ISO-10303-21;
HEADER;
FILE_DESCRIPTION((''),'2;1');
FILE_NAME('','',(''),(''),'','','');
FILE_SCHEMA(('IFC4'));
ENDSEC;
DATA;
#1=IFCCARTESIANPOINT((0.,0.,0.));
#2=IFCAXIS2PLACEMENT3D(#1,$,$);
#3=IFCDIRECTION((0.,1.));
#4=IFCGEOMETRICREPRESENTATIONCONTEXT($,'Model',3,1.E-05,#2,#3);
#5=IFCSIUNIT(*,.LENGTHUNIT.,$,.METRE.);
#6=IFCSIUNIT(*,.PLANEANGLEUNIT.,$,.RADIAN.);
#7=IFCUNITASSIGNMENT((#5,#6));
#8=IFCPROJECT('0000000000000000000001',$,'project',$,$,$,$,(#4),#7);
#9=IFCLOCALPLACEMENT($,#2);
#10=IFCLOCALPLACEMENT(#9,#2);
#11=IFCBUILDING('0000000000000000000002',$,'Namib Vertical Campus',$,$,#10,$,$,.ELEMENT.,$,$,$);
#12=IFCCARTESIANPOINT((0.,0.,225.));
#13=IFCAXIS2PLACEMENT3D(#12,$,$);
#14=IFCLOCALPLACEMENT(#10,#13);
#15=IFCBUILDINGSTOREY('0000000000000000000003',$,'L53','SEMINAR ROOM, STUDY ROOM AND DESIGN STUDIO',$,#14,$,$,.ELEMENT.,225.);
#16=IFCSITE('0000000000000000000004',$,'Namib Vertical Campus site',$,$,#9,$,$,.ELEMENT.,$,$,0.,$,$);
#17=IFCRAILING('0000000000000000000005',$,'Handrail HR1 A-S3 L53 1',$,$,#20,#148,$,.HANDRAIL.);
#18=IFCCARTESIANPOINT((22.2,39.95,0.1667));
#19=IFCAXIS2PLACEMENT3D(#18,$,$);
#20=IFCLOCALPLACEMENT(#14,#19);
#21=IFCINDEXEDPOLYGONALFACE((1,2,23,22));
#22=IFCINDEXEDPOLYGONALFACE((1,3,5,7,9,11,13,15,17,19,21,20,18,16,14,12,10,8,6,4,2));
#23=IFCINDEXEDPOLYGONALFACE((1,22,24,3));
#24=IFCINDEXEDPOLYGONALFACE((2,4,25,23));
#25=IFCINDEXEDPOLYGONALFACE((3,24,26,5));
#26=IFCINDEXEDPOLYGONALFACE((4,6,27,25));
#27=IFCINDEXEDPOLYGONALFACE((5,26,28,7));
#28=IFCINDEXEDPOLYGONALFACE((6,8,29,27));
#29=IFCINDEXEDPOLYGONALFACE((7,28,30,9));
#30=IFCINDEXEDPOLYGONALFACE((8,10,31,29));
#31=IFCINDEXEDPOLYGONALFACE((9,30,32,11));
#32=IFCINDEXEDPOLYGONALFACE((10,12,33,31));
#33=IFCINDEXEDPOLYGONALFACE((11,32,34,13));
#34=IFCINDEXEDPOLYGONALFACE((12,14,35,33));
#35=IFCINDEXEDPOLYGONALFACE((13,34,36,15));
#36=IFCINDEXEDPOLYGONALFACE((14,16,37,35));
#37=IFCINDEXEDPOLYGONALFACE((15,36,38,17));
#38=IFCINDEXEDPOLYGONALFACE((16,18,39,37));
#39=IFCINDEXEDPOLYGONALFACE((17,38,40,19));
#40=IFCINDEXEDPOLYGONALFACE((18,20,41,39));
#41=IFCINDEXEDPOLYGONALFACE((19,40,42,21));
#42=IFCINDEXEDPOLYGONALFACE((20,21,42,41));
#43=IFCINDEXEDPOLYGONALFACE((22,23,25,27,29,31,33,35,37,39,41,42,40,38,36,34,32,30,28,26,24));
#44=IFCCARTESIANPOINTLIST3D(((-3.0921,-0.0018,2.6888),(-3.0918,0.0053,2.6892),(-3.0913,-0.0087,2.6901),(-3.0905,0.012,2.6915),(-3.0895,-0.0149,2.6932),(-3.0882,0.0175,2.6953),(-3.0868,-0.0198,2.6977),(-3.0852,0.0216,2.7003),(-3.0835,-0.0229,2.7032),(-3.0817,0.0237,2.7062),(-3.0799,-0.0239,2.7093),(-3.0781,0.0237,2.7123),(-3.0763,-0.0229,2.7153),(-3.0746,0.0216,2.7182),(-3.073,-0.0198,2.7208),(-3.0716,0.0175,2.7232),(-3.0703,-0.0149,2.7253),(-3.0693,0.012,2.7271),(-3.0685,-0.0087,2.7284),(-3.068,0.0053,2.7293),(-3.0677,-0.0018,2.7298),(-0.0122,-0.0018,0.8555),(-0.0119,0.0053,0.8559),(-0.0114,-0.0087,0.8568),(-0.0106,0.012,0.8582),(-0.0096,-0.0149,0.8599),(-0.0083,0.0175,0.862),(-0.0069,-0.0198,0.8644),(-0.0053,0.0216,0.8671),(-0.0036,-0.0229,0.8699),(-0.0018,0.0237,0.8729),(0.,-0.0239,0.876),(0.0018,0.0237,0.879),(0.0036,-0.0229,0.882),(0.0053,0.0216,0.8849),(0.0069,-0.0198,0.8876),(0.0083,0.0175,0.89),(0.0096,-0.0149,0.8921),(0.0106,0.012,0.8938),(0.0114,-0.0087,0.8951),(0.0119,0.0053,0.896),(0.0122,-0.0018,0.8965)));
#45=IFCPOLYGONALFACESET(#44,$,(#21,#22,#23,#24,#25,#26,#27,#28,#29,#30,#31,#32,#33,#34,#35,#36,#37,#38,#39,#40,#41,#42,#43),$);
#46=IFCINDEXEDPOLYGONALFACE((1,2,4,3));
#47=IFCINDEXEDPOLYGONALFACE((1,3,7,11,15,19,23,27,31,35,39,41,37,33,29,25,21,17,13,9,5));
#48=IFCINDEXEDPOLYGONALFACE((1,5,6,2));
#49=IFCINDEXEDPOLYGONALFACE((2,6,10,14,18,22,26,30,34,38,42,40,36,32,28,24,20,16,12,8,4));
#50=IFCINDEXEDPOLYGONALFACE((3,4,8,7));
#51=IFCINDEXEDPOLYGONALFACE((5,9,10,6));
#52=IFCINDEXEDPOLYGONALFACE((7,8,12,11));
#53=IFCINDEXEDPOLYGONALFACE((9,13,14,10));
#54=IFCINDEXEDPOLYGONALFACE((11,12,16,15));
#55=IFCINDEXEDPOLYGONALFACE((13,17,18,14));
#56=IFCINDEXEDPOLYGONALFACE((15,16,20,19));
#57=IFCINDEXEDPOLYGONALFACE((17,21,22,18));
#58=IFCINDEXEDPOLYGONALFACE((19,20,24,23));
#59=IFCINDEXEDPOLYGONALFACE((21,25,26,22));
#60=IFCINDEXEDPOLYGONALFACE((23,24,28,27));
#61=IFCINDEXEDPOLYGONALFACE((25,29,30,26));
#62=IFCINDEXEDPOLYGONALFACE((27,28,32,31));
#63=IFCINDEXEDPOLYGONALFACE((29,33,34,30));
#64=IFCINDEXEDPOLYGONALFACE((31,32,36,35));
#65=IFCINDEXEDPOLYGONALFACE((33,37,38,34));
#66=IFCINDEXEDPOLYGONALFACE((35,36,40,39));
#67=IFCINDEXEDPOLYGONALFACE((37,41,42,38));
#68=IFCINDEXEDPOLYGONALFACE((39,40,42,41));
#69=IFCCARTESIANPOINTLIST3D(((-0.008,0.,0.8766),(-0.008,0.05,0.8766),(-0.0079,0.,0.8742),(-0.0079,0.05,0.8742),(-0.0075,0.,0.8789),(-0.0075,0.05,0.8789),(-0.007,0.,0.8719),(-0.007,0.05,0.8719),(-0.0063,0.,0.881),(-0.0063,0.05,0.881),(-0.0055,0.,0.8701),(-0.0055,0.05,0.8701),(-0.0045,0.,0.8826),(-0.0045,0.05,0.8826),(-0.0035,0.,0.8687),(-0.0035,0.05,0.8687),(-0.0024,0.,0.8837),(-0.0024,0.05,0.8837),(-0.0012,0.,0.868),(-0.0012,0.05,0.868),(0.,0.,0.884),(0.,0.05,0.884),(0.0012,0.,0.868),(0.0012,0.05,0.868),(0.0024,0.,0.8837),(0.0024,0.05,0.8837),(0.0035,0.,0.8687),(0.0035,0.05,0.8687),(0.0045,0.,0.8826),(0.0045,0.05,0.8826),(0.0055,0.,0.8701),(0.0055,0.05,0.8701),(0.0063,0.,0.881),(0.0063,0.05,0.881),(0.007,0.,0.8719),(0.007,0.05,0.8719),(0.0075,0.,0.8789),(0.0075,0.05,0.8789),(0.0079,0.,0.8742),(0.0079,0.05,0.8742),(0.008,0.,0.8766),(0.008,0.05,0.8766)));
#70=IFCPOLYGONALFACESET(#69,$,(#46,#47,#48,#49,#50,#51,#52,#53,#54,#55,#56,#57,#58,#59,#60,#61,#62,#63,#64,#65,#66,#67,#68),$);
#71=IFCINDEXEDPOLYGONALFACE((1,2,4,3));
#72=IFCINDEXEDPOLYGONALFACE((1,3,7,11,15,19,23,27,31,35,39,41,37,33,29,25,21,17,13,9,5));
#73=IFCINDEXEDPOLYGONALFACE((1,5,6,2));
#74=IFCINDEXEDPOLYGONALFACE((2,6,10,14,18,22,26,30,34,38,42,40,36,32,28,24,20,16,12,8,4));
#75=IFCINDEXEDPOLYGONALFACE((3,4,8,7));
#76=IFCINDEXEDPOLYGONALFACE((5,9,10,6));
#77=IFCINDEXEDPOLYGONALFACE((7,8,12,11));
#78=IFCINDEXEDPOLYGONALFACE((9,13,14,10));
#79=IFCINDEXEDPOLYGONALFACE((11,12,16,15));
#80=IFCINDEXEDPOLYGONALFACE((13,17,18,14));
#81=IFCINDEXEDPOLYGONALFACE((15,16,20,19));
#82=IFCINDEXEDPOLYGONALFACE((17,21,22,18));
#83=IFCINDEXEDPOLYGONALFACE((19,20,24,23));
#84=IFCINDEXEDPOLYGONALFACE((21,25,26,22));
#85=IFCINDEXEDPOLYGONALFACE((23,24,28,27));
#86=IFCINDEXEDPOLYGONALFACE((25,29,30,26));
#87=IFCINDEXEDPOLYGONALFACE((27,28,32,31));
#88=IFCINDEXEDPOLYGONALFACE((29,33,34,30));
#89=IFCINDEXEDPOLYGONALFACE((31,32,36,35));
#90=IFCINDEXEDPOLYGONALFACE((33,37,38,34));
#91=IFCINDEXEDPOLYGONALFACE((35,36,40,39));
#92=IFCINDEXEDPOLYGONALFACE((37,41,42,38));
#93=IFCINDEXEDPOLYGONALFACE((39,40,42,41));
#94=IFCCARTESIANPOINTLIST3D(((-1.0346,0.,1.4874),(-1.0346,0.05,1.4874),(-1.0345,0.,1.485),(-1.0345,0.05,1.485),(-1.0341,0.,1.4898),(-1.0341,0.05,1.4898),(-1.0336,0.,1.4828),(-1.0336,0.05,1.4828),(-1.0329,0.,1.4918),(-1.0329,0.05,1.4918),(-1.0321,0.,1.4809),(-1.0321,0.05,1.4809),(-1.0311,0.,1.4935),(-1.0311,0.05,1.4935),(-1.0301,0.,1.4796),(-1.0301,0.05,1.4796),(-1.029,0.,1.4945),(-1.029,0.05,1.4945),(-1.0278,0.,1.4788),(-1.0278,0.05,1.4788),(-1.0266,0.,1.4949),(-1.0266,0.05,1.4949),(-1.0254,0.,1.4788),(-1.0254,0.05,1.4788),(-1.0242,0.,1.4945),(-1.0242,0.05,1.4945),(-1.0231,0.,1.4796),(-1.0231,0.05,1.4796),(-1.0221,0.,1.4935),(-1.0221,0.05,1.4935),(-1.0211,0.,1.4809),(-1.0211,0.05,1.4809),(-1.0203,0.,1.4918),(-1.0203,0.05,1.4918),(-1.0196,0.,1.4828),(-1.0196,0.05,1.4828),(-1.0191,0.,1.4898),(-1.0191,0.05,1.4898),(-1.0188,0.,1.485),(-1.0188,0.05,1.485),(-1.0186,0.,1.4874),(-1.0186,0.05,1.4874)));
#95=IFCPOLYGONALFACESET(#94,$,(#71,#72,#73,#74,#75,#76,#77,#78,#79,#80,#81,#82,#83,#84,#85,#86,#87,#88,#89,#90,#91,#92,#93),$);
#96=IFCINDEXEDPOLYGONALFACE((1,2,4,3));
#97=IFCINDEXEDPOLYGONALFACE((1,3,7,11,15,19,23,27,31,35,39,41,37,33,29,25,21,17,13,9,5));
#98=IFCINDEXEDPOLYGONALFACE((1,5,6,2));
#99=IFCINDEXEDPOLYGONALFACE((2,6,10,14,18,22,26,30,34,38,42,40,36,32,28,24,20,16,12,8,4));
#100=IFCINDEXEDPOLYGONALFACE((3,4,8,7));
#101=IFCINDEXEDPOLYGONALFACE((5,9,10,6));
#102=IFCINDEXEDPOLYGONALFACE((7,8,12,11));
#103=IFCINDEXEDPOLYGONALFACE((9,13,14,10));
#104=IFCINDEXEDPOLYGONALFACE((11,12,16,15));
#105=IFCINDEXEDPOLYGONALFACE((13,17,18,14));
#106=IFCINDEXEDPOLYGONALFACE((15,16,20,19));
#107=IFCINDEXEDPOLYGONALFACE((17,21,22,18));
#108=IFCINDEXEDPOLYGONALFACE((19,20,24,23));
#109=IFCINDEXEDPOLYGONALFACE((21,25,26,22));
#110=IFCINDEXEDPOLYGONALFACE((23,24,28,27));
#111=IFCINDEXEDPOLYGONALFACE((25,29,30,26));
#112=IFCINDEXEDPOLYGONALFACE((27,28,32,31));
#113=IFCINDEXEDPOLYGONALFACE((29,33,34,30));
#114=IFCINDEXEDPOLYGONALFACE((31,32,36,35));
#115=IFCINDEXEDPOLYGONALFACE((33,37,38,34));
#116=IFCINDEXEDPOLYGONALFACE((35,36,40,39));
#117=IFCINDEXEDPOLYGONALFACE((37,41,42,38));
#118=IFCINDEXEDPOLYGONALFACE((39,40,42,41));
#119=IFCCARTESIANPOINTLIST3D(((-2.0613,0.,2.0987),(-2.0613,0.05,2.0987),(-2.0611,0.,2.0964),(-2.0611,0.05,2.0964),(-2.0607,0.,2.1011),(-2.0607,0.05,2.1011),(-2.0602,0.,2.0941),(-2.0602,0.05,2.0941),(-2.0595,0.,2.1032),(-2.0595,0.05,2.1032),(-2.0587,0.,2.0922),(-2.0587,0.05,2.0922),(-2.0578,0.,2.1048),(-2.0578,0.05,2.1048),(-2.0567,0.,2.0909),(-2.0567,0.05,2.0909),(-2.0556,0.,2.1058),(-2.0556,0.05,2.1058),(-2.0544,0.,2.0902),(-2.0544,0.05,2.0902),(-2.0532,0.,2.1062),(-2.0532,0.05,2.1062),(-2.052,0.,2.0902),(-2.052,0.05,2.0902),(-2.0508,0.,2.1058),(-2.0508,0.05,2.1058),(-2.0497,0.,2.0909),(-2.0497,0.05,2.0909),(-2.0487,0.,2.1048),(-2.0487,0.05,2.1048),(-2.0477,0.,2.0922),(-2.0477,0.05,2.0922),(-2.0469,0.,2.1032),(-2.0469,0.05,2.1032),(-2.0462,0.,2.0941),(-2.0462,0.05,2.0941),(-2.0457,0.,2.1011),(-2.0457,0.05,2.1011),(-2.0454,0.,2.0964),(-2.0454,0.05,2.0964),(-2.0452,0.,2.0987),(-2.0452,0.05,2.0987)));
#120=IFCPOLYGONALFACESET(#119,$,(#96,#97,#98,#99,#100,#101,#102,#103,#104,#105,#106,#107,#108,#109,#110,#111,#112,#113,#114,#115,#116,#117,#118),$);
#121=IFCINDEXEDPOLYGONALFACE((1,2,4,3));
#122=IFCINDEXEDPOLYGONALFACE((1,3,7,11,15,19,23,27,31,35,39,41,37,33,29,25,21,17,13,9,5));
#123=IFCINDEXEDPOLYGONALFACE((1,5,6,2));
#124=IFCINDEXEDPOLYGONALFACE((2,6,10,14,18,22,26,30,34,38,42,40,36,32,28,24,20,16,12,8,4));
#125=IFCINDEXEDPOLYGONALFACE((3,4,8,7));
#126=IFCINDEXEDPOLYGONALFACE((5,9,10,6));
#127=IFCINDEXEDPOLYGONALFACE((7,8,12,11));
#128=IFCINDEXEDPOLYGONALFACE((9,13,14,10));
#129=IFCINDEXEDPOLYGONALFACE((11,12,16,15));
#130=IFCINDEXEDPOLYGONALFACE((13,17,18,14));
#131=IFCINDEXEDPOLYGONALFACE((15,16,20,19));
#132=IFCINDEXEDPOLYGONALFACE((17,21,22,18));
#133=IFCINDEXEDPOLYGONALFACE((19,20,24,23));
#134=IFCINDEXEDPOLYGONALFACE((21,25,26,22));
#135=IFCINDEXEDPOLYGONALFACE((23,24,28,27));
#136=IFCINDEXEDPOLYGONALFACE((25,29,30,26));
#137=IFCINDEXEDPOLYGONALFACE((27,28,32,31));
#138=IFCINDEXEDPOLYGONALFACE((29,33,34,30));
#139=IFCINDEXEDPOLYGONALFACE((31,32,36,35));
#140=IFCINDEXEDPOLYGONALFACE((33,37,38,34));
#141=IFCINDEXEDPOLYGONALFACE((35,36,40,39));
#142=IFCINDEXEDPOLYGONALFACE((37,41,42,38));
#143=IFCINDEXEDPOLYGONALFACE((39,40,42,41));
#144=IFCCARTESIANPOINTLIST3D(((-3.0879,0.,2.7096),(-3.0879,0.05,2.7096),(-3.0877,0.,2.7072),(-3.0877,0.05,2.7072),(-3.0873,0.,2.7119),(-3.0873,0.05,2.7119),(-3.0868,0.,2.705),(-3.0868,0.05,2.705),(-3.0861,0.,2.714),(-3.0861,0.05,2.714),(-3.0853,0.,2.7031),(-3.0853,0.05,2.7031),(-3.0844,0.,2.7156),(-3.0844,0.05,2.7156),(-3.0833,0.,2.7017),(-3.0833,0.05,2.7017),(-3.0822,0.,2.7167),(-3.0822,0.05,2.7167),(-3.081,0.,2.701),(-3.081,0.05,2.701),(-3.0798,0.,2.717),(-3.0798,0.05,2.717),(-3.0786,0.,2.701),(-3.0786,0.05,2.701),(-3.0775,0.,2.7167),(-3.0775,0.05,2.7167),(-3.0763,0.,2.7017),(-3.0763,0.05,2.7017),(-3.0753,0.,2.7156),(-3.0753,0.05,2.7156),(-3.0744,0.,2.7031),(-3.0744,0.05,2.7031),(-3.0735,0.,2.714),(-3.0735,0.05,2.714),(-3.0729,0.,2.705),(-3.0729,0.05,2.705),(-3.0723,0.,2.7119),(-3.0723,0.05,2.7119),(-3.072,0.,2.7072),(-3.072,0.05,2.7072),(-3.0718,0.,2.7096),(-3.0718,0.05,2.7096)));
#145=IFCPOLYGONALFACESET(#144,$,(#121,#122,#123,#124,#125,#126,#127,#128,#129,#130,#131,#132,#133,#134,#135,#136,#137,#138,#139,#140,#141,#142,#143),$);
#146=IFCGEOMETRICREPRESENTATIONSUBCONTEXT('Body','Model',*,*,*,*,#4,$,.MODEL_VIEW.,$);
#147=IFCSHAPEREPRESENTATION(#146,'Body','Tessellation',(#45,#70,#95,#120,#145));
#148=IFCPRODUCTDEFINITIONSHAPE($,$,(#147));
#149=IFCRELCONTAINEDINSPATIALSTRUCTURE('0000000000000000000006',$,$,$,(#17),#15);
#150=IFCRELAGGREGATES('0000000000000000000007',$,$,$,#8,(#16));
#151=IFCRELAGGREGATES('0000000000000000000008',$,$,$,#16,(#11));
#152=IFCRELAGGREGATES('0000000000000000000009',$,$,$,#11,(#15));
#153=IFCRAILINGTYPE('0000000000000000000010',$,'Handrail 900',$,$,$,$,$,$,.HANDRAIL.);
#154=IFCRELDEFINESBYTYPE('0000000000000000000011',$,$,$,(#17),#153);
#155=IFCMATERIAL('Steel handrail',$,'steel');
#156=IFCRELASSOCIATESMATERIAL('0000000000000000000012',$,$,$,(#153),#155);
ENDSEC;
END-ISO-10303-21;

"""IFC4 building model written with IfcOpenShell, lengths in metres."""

from ifc_helpers import new_model, si_unit, direction, frame, origin, origin_2d, place, context, subcontext, project, spatial, circle, extrude, material, type_object, element, save


model = new_model("IFC4")

# Units and contexts
model_context = context("Model", 3, precision=1e-05, world=origin(), true_north=direction((0.0, 1.0)))
body_context = subcontext(model_context, "Body", "Model", "MODEL_VIEW")
ifc_project = project(units=[si_unit("LENGTHUNIT", "METRE"), si_unit("PLANEANGLEUNIT", "RADIAN")], contexts=[model_context])

# Site, building, storey
site_placement = place(None, origin())
site = spatial("IfcSite", under=ifc_project, at=site_placement, Name="Namib Vertical Campus site", CompositionType="ELEMENT", RefElevation=0.0)
building_placement = place(site_placement, origin())
building = spatial("IfcBuilding", under=site, at=building_placement, Name="Namib Vertical Campus", CompositionType="ELEMENT")
storey_placement = place(building_placement, frame((0.0, 0.0, 225.0)))
storey = spatial("IfcBuildingStorey", under=building, at=storey_placement, Name="L53", Description="SEMINAR ROOM, STUDY ROOM AND DESIGN STUDIO", CompositionType="ELEMENT", Elevation=225.0)

# Railing
ifc_material_1 = material(Name="Steel handrail", Category="steel")
railing_type_1 = type_object("IfcRailingType", Name="Handrail 900", PredefinedType="HANDRAIL", material=ifc_material_1)
railing_1_placement = place(storey_placement, frame((22.2, 39.95, 0.1667)))
element("IfcRailing", 1, at=railing_1_placement, inside=storey, type_object=railing_type_1, Name="Handrail HR1 A-S3 L53 1", PredefinedType="HANDRAIL", context=body_context, shape_type="SweptSolid", body=[
    extrude(circle(Radius=0.0239, at=origin_2d()), frame((0.0, 0.0, 0.876), z_axis=(-0.859291, 0.0, 0.511487), x_axis=(0.0, -1.0, 0.0)), (0.0, 0.0, 1.0), 3.5842),
    extrude(circle(Radius=0.0081, at=origin_2d()), frame((0.0, 0.0, 0.876), z_axis=(0.0, 1.0, 0.0), x_axis=(0.0, 0.0, 1.0)), (0.0, 0.0, 1.0), 0.05),
    extrude(circle(Radius=0.0081, at=origin_2d()), frame((-1.0266, 0.0, 1.4868), z_axis=(0.0, 1.0, 0.0), x_axis=(0.0, 0.0, 1.0)), (0.0, 0.0, 1.0), 0.05),
    extrude(circle(Radius=0.0081, at=origin_2d()), frame((-2.0532, 0.0, 2.0981), z_axis=(0.0, 1.0, 0.0), x_axis=(0.0, 0.0, 1.0)), (0.0, 0.0, 1.0), 0.05),
    extrude(circle(Radius=0.0081, at=origin_2d()), frame((-3.0798, 0.0, 2.709), z_axis=(0.0, 1.0, 0.0), x_axis=(0.0, 0.0, 1.0)), (0.0, 0.0, 1.0), 0.05),
])

save(model, "model.ifc")
